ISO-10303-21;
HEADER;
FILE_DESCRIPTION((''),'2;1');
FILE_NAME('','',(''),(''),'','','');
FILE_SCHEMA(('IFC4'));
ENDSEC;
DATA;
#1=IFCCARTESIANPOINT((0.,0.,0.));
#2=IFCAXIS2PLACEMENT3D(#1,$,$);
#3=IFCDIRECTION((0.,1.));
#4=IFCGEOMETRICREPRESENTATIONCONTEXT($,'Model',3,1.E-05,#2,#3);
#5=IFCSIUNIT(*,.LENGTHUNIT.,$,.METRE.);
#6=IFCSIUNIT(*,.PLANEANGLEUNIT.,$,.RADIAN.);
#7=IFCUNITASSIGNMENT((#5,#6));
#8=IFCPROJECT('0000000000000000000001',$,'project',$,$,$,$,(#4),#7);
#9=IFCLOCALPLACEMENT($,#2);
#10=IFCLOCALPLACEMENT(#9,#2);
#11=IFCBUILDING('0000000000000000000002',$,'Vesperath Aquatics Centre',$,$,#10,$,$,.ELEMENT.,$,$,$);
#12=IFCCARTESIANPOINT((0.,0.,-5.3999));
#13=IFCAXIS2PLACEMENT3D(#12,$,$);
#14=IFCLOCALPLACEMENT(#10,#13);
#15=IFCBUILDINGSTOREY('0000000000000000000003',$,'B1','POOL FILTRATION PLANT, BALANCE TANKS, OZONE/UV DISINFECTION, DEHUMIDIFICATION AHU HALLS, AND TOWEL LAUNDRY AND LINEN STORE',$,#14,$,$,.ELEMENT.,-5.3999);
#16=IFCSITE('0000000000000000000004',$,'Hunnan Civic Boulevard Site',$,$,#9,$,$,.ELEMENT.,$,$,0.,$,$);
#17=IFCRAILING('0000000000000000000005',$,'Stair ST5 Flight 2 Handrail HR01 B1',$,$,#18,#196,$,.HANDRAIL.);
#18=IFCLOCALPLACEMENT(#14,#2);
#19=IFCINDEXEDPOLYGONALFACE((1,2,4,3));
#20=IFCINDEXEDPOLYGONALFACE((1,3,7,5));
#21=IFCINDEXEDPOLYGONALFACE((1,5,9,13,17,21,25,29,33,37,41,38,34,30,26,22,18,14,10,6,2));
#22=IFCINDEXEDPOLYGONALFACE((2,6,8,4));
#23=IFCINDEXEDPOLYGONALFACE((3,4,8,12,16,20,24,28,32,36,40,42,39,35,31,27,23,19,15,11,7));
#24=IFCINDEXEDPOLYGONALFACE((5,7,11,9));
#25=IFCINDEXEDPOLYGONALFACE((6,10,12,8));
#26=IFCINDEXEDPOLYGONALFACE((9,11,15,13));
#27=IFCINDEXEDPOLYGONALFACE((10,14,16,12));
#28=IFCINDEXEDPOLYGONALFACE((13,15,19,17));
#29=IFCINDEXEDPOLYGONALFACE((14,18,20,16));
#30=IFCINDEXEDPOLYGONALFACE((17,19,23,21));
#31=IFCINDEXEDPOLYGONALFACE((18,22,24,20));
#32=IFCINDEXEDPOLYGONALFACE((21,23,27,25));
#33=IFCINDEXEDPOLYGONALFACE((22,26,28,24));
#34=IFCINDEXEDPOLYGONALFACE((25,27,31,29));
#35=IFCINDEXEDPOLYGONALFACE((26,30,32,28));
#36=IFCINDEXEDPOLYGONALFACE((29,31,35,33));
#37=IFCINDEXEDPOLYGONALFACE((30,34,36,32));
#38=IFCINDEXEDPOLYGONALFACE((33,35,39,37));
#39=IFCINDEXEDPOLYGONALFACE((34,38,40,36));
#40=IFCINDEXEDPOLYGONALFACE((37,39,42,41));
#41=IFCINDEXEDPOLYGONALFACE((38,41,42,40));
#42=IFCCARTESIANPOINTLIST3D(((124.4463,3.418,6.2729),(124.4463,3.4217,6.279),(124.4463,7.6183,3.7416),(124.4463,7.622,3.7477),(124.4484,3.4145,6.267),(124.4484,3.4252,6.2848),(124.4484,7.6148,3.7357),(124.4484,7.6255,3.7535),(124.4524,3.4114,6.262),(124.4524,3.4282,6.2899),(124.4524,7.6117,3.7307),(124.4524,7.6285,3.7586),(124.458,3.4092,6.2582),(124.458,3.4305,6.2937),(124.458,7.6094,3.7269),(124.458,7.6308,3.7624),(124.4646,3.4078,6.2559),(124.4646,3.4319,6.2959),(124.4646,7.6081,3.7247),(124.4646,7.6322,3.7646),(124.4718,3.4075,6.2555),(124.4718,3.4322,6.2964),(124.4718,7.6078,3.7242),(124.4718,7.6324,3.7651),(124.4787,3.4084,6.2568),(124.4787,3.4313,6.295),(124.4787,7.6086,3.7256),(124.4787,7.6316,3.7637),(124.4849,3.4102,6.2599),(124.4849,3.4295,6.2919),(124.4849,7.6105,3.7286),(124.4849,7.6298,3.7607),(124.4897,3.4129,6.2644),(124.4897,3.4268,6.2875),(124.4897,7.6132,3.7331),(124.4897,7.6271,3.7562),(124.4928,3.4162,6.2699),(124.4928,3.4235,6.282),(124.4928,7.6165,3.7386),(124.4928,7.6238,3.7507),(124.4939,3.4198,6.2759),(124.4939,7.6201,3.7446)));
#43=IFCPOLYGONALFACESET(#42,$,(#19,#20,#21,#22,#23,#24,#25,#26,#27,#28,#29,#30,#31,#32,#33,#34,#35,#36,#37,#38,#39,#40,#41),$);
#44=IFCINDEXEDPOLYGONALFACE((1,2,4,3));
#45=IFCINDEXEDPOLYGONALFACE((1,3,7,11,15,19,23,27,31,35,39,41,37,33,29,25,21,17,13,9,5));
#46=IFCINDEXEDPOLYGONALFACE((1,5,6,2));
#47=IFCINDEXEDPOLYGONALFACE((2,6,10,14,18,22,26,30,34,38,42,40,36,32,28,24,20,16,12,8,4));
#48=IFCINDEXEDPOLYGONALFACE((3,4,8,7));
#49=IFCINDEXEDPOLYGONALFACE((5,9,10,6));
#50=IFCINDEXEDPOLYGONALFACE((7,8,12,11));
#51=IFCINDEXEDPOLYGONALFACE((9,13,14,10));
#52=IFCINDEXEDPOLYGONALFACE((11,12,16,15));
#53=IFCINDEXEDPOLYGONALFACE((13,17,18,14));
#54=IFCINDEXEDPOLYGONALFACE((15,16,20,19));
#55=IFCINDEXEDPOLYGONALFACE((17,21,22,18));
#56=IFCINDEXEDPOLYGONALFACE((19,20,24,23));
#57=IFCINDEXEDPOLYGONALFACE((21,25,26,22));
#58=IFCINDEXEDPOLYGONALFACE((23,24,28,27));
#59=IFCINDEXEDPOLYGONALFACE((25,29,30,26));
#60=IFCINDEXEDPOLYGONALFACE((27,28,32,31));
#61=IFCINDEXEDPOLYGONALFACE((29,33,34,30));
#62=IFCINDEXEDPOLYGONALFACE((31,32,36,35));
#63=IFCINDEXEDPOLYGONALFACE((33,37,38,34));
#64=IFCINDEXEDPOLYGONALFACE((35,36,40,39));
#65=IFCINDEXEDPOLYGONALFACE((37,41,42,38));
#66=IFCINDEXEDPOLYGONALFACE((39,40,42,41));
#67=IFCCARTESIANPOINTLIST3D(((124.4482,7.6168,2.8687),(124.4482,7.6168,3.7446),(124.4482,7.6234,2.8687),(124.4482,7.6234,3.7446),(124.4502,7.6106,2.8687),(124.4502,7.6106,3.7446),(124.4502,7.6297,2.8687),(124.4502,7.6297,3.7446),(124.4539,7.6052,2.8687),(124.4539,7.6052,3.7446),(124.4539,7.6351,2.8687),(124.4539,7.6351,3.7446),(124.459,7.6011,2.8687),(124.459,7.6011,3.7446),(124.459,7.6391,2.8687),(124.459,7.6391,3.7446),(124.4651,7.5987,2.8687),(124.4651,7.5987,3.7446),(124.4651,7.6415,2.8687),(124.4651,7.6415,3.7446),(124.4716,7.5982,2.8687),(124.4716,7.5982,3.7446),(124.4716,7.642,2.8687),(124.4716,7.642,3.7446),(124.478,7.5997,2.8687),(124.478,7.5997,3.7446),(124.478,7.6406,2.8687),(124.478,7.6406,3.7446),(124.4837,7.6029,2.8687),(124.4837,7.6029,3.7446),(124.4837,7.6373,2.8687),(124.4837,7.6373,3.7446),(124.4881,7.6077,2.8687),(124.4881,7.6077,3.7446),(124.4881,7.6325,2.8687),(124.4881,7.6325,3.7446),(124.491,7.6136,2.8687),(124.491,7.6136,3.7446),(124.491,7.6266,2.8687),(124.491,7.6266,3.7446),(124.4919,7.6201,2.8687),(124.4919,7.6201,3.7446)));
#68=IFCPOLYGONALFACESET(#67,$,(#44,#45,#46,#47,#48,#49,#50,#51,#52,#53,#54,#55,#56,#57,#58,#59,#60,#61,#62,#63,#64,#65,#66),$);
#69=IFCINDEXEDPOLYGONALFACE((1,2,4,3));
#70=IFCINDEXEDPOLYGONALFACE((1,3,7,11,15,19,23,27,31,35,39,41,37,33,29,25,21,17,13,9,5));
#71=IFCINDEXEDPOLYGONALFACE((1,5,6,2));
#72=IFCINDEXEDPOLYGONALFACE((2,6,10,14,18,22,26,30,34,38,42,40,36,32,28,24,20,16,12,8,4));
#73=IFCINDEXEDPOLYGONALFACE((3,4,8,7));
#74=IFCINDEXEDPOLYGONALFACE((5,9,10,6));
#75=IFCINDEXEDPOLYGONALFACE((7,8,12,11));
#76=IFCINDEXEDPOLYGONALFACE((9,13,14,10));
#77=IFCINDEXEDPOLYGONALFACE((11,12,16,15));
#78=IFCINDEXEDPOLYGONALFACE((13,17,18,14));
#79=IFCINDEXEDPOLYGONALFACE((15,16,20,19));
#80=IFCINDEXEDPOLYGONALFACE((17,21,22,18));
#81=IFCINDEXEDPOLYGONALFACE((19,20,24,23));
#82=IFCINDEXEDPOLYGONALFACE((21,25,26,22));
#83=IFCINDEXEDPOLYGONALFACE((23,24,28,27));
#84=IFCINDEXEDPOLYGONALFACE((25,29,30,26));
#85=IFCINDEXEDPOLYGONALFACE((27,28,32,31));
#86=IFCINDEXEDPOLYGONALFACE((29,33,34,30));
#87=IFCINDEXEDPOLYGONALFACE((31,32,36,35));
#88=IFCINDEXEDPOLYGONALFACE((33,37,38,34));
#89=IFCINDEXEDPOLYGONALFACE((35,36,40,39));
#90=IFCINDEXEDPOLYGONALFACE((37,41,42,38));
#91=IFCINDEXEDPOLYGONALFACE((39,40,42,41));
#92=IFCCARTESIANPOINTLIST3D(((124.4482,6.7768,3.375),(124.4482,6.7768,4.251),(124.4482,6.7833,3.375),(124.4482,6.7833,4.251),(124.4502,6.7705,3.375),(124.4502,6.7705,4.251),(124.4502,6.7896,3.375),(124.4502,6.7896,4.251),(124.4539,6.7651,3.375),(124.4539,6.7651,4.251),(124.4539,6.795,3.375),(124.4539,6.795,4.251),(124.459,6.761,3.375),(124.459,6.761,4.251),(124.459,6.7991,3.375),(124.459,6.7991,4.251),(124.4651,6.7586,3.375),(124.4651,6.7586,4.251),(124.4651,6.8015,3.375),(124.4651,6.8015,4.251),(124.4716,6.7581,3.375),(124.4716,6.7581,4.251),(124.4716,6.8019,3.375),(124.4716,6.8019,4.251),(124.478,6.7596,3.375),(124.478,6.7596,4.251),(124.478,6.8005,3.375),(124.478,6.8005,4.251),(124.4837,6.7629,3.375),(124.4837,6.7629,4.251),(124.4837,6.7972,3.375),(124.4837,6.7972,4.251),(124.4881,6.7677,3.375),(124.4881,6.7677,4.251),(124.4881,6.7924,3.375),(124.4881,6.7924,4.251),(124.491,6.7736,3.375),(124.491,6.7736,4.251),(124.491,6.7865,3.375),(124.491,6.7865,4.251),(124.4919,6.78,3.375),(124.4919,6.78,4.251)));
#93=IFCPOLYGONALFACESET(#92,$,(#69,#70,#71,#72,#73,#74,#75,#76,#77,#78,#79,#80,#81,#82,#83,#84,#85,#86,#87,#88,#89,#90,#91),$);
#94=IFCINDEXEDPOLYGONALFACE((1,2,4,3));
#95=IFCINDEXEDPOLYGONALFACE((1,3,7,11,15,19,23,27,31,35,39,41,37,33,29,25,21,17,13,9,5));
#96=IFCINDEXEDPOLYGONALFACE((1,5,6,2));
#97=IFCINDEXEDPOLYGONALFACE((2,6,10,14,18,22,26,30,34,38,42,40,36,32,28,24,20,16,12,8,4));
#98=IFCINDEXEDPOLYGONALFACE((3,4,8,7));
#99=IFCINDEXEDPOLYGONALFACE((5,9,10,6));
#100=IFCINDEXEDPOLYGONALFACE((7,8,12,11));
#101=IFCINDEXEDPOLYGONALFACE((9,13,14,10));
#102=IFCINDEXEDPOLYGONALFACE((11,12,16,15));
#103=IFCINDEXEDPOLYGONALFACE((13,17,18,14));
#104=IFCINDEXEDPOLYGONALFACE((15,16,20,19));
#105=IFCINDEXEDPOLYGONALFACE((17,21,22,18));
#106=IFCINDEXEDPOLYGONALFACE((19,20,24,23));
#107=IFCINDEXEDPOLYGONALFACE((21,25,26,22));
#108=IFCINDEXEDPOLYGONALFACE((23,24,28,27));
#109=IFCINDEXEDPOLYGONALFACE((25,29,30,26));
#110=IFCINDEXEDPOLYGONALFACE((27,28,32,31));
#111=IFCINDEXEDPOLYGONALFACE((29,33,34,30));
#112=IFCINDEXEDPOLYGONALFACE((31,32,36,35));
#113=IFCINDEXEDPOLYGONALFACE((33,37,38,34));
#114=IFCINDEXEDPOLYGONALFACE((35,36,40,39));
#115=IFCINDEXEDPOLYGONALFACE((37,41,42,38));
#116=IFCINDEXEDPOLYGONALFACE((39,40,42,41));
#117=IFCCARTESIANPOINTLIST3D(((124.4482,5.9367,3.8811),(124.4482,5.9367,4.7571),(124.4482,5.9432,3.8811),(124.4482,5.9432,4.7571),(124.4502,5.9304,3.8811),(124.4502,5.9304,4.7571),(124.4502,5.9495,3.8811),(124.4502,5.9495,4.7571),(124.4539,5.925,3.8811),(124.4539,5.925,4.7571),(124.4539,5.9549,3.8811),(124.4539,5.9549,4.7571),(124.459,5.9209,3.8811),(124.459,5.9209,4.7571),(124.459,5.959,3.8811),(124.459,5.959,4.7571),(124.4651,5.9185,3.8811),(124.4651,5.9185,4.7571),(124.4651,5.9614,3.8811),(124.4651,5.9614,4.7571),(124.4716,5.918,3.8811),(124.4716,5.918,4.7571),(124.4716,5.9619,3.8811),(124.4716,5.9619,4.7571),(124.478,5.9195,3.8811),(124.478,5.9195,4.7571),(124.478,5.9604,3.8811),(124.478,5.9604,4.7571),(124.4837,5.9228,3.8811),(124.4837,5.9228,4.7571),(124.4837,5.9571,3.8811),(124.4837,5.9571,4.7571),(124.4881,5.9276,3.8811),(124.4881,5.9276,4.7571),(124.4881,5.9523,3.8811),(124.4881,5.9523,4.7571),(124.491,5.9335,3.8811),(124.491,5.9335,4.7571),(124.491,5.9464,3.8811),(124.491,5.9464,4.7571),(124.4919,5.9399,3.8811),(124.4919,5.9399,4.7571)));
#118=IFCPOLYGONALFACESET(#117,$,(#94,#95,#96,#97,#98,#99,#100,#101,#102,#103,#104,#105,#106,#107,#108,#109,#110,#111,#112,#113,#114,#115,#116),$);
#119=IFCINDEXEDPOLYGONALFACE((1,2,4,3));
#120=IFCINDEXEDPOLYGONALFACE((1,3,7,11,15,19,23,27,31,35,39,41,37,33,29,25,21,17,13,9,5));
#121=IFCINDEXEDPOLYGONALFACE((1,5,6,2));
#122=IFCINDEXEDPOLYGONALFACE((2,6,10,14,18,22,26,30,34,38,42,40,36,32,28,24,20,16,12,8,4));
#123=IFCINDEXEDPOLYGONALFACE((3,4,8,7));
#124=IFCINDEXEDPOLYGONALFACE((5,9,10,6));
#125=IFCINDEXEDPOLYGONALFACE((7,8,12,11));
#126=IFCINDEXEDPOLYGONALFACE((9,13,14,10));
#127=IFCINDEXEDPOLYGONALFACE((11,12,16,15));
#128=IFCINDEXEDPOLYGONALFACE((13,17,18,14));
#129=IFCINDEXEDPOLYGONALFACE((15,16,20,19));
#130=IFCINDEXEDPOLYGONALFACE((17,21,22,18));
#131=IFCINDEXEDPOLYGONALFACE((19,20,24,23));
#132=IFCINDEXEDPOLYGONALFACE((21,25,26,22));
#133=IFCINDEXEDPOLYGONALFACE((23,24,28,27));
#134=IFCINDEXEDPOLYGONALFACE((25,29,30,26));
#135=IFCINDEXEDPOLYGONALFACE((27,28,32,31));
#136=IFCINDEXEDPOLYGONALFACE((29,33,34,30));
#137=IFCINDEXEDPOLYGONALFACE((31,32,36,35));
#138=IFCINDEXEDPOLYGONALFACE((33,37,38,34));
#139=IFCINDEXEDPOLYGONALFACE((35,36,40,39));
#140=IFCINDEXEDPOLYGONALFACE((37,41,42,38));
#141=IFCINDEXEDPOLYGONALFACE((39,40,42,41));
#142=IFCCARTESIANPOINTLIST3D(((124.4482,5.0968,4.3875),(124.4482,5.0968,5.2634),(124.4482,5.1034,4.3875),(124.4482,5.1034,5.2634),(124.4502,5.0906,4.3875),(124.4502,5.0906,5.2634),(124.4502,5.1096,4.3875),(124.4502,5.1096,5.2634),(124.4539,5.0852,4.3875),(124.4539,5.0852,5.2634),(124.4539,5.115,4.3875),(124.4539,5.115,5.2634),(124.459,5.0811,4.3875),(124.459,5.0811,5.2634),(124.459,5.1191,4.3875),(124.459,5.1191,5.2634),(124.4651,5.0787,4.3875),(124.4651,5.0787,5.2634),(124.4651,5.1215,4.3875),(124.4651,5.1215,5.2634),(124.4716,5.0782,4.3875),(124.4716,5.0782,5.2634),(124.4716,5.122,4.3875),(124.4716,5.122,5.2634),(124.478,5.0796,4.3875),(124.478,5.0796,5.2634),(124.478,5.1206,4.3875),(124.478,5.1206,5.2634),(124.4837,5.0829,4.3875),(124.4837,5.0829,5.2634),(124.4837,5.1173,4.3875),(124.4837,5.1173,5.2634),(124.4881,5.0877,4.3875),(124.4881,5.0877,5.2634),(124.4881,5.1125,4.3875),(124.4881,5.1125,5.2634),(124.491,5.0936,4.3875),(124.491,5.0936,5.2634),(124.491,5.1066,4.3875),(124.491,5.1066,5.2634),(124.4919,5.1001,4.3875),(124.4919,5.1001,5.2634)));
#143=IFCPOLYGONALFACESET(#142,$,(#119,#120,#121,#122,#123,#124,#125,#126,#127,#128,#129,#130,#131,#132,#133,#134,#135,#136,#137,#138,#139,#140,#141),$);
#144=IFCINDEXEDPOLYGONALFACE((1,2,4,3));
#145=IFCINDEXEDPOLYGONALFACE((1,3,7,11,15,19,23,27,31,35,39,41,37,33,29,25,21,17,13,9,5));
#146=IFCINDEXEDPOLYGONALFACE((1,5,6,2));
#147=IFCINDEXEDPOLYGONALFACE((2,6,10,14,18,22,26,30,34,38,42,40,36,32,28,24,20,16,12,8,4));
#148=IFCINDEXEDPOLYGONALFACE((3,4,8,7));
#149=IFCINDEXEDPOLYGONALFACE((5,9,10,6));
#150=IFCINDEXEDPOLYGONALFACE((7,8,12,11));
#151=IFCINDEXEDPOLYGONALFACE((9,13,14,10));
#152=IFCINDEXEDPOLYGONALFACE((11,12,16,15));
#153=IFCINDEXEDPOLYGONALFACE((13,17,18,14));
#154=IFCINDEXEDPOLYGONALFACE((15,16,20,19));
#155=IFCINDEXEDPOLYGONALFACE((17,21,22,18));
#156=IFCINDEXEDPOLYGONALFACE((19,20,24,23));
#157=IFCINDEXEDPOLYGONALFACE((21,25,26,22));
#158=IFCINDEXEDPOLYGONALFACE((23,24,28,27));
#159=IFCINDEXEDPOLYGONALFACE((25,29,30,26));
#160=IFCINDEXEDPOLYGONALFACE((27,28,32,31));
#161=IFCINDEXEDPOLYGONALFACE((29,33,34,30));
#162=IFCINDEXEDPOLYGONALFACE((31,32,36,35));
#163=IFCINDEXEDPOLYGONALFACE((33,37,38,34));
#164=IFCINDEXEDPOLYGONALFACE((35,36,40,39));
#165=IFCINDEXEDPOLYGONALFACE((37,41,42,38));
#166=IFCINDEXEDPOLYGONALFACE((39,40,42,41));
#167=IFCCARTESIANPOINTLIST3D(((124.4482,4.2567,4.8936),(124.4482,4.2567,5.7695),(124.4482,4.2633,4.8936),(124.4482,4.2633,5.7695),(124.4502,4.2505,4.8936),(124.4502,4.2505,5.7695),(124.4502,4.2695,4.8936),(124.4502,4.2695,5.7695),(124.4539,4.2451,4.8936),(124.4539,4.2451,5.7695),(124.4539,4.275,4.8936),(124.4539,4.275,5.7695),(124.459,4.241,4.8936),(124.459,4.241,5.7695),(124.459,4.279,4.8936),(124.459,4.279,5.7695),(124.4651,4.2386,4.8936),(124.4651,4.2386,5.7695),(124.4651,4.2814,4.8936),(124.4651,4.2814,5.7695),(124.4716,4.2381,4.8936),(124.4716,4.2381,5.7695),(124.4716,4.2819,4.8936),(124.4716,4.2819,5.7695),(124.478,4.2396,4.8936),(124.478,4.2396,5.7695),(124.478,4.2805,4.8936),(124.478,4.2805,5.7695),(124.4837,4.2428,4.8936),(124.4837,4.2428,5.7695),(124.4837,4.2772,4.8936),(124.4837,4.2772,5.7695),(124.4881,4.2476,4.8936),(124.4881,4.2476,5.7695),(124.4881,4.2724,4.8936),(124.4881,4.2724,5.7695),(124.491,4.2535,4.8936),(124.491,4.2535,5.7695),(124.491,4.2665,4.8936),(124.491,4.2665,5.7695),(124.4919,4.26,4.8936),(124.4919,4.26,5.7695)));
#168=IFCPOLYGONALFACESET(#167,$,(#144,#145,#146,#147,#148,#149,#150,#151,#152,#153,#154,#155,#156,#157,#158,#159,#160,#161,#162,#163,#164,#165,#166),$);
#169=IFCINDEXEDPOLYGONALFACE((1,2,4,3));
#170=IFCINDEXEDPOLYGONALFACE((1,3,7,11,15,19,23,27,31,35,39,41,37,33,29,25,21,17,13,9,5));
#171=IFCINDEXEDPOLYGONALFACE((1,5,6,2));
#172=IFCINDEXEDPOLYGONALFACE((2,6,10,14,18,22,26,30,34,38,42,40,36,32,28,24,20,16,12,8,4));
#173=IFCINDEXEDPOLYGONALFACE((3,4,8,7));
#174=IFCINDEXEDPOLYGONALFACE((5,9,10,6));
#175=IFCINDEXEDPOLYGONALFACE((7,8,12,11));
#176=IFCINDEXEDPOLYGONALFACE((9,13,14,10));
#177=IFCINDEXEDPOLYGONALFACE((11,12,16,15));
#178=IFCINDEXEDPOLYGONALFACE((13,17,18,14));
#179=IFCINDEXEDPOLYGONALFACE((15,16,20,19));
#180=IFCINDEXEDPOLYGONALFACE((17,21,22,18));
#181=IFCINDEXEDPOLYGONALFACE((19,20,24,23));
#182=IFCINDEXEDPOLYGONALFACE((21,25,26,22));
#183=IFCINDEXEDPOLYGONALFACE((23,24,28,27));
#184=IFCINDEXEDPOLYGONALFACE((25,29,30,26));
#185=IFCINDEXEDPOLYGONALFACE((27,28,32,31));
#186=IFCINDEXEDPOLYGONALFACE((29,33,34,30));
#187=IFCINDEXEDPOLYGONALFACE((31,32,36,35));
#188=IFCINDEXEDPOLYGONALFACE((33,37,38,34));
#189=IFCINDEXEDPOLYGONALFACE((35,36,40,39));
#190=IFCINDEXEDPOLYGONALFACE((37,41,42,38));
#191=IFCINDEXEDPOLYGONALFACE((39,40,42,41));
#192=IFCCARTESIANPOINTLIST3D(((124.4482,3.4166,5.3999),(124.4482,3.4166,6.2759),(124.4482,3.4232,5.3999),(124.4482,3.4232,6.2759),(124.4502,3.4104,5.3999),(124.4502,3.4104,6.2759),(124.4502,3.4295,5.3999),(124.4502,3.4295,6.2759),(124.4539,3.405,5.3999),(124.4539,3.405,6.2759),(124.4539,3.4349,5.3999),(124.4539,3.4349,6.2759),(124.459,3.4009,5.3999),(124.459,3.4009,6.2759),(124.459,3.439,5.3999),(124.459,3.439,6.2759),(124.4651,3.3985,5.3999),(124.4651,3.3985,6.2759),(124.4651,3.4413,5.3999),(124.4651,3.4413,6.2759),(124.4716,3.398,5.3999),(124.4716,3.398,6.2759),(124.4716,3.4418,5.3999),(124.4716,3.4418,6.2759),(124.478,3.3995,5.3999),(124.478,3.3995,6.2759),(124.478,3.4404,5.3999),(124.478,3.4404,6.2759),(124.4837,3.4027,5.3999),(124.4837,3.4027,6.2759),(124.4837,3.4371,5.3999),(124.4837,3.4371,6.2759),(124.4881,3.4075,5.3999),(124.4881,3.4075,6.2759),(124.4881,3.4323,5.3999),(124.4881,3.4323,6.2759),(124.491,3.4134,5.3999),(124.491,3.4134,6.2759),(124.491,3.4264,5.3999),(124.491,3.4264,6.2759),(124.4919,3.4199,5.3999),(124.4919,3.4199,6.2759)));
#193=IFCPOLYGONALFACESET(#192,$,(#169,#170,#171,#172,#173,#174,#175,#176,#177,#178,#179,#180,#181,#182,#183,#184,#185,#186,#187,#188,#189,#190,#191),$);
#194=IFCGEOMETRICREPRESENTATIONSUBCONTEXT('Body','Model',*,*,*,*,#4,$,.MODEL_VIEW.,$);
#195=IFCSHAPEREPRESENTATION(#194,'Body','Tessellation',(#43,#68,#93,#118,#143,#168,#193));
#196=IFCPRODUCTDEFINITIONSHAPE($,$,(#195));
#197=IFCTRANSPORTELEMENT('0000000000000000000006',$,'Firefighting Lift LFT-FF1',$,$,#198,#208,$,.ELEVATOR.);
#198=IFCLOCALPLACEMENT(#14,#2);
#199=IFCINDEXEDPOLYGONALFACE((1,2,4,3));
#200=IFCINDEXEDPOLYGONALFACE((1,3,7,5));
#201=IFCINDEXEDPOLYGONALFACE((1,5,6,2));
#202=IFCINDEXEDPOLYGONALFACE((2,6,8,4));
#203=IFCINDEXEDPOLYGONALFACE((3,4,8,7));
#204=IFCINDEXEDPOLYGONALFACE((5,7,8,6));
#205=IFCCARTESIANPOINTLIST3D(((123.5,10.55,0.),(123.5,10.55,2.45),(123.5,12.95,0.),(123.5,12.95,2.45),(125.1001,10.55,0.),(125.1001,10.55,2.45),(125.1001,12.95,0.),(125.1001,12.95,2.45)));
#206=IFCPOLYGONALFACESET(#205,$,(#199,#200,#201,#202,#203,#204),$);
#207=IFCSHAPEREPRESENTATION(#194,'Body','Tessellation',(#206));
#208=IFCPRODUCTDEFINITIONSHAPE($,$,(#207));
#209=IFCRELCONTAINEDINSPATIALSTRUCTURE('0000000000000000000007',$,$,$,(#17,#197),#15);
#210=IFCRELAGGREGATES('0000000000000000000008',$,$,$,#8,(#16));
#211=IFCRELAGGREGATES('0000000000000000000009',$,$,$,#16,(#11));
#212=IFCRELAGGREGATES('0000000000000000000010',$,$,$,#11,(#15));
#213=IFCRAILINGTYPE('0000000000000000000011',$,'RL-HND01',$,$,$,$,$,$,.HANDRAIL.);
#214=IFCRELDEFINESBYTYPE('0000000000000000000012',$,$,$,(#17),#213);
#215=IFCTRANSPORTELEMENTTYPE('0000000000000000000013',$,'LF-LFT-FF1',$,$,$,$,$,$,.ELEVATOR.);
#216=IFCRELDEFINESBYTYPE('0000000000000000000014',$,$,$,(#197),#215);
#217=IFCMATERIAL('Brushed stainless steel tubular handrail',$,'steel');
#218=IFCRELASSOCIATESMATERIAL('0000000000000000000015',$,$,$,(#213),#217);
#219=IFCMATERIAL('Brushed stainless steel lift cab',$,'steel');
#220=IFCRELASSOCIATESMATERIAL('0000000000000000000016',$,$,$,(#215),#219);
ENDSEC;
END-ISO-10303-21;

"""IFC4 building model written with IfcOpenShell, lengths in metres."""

from ifc_helpers import new_model, si_unit, direction, frame, origin, origin_2d, place, context, subcontext, project, spatial, rectangle, circle, extrude, material, type_object, element, save


model = new_model("IFC4")

# Units and contexts
model_context = context("Model", 3, precision=1e-05, world=origin(), true_north=direction((0.0, 1.0)))
body_context = subcontext(model_context, "Body", "Model", "MODEL_VIEW")
ifc_project = project(units=[si_unit("LENGTHUNIT", "METRE"), si_unit("PLANEANGLEUNIT", "RADIAN")], contexts=[model_context])

# Site, building, storey
site_placement = place(None, origin())
site = spatial("IfcSite", under=ifc_project, at=site_placement, Name="Hunnan Civic Boulevard Site", CompositionType="ELEMENT", RefElevation=0.0)
building_placement = place(site_placement, origin())
building = spatial("IfcBuilding", under=site, at=building_placement, Name="Vesperath Aquatics Centre", CompositionType="ELEMENT")
storey_placement = place(building_placement, frame((0.0, 0.0, -5.3999)))
storey = spatial("IfcBuildingStorey", under=building, at=storey_placement, Name="B1", Description="POOL FILTRATION PLANT, BALANCE TANKS, OZONE/UV DISINFECTION, DEHUMIDIFICATION AHU HALLS, AND TOWEL LAUNDRY AND LINEN STORE", CompositionType="ELEMENT", Elevation=-5.3999)

# Railing
ifc_material_1 = material(Name="Brushed stainless steel tubular handrail", Category="steel")
railing_type_1 = type_object("IfcRailingType", Name="RL-HND01", PredefinedType="HANDRAIL", material=ifc_material_1)
railing_1_placement = place(storey_placement, frame((124.47, 7.6201, 2.8687)))
element("IfcRailing", 1, at=railing_1_placement, inside=storey, type_object=railing_type_1, Name="Stair ST5 Flight 2 Handrail HR01 B1", PredefinedType="HANDRAIL", context=body_context, shape_type="SweptSolid", body=[
    extrude(circle(Radius=0.0239, at=origin_2d()), frame((0.0, 0.0, 0.876), z_axis=(0.0, -0.85649, 0.516164), x_axis=(1.0, 0.0, 0.0)), (0.0, 0.0, 1.0), 4.9041),
    extrude(circle(Radius=0.022, at=origin_2d()), origin(), (0.0, 0.0, 1.0), 0.876),
    extrude(circle(Radius=0.022, at=origin_2d()), frame((0.0, -0.8401, 0.5063)), (0.0, 0.0, 1.0), 0.876),
    extrude(circle(Radius=0.022, at=origin_2d()), frame((0.0, -1.6802, 1.0125)), (0.0, 0.0, 1.0), 0.876),
    extrude(circle(Radius=0.022, at=origin_2d()), frame((0.0, -2.52, 1.5188)), (0.0, 0.0, 1.0), 0.876),
    extrude(circle(Radius=0.022, at=origin_2d()), frame((0.0, -3.3601, 2.0249)), (0.0, 0.0, 1.0), 0.876),
    extrude(circle(Radius=0.022, at=origin_2d()), frame((0.0, -4.2002, 2.5312)), (0.0, 0.0, 1.0), 0.876),
])

# Transport element
ifc_material_2 = material(Name="Brushed stainless steel lift cab", Category="steel")
transport_element_type = type_object("IfcTransportElementType", Name="LF-LFT-FF1", PredefinedType="ELEVATOR", material=ifc_material_2)
transport_element_placement = place(storey_placement, frame((124.3, 11.75, 0.0), z_axis=(0.0, 0.0, 1.0), x_axis=(1.0, 0.0, 0.0)))
element("IfcTransportElement", 2, at=transport_element_placement, inside=storey, type_object=transport_element_type, Name="Firefighting Lift LFT-FF1", PredefinedType="ELEVATOR", context=body_context, shape_type="SweptSolid", body=[
    extrude(rectangle(XDim=1.6001, YDim=2.3999, at=origin_2d()), origin(), (0.0, 0.0, 1.0), 2.45),
])

save(model, "model.ifc")
